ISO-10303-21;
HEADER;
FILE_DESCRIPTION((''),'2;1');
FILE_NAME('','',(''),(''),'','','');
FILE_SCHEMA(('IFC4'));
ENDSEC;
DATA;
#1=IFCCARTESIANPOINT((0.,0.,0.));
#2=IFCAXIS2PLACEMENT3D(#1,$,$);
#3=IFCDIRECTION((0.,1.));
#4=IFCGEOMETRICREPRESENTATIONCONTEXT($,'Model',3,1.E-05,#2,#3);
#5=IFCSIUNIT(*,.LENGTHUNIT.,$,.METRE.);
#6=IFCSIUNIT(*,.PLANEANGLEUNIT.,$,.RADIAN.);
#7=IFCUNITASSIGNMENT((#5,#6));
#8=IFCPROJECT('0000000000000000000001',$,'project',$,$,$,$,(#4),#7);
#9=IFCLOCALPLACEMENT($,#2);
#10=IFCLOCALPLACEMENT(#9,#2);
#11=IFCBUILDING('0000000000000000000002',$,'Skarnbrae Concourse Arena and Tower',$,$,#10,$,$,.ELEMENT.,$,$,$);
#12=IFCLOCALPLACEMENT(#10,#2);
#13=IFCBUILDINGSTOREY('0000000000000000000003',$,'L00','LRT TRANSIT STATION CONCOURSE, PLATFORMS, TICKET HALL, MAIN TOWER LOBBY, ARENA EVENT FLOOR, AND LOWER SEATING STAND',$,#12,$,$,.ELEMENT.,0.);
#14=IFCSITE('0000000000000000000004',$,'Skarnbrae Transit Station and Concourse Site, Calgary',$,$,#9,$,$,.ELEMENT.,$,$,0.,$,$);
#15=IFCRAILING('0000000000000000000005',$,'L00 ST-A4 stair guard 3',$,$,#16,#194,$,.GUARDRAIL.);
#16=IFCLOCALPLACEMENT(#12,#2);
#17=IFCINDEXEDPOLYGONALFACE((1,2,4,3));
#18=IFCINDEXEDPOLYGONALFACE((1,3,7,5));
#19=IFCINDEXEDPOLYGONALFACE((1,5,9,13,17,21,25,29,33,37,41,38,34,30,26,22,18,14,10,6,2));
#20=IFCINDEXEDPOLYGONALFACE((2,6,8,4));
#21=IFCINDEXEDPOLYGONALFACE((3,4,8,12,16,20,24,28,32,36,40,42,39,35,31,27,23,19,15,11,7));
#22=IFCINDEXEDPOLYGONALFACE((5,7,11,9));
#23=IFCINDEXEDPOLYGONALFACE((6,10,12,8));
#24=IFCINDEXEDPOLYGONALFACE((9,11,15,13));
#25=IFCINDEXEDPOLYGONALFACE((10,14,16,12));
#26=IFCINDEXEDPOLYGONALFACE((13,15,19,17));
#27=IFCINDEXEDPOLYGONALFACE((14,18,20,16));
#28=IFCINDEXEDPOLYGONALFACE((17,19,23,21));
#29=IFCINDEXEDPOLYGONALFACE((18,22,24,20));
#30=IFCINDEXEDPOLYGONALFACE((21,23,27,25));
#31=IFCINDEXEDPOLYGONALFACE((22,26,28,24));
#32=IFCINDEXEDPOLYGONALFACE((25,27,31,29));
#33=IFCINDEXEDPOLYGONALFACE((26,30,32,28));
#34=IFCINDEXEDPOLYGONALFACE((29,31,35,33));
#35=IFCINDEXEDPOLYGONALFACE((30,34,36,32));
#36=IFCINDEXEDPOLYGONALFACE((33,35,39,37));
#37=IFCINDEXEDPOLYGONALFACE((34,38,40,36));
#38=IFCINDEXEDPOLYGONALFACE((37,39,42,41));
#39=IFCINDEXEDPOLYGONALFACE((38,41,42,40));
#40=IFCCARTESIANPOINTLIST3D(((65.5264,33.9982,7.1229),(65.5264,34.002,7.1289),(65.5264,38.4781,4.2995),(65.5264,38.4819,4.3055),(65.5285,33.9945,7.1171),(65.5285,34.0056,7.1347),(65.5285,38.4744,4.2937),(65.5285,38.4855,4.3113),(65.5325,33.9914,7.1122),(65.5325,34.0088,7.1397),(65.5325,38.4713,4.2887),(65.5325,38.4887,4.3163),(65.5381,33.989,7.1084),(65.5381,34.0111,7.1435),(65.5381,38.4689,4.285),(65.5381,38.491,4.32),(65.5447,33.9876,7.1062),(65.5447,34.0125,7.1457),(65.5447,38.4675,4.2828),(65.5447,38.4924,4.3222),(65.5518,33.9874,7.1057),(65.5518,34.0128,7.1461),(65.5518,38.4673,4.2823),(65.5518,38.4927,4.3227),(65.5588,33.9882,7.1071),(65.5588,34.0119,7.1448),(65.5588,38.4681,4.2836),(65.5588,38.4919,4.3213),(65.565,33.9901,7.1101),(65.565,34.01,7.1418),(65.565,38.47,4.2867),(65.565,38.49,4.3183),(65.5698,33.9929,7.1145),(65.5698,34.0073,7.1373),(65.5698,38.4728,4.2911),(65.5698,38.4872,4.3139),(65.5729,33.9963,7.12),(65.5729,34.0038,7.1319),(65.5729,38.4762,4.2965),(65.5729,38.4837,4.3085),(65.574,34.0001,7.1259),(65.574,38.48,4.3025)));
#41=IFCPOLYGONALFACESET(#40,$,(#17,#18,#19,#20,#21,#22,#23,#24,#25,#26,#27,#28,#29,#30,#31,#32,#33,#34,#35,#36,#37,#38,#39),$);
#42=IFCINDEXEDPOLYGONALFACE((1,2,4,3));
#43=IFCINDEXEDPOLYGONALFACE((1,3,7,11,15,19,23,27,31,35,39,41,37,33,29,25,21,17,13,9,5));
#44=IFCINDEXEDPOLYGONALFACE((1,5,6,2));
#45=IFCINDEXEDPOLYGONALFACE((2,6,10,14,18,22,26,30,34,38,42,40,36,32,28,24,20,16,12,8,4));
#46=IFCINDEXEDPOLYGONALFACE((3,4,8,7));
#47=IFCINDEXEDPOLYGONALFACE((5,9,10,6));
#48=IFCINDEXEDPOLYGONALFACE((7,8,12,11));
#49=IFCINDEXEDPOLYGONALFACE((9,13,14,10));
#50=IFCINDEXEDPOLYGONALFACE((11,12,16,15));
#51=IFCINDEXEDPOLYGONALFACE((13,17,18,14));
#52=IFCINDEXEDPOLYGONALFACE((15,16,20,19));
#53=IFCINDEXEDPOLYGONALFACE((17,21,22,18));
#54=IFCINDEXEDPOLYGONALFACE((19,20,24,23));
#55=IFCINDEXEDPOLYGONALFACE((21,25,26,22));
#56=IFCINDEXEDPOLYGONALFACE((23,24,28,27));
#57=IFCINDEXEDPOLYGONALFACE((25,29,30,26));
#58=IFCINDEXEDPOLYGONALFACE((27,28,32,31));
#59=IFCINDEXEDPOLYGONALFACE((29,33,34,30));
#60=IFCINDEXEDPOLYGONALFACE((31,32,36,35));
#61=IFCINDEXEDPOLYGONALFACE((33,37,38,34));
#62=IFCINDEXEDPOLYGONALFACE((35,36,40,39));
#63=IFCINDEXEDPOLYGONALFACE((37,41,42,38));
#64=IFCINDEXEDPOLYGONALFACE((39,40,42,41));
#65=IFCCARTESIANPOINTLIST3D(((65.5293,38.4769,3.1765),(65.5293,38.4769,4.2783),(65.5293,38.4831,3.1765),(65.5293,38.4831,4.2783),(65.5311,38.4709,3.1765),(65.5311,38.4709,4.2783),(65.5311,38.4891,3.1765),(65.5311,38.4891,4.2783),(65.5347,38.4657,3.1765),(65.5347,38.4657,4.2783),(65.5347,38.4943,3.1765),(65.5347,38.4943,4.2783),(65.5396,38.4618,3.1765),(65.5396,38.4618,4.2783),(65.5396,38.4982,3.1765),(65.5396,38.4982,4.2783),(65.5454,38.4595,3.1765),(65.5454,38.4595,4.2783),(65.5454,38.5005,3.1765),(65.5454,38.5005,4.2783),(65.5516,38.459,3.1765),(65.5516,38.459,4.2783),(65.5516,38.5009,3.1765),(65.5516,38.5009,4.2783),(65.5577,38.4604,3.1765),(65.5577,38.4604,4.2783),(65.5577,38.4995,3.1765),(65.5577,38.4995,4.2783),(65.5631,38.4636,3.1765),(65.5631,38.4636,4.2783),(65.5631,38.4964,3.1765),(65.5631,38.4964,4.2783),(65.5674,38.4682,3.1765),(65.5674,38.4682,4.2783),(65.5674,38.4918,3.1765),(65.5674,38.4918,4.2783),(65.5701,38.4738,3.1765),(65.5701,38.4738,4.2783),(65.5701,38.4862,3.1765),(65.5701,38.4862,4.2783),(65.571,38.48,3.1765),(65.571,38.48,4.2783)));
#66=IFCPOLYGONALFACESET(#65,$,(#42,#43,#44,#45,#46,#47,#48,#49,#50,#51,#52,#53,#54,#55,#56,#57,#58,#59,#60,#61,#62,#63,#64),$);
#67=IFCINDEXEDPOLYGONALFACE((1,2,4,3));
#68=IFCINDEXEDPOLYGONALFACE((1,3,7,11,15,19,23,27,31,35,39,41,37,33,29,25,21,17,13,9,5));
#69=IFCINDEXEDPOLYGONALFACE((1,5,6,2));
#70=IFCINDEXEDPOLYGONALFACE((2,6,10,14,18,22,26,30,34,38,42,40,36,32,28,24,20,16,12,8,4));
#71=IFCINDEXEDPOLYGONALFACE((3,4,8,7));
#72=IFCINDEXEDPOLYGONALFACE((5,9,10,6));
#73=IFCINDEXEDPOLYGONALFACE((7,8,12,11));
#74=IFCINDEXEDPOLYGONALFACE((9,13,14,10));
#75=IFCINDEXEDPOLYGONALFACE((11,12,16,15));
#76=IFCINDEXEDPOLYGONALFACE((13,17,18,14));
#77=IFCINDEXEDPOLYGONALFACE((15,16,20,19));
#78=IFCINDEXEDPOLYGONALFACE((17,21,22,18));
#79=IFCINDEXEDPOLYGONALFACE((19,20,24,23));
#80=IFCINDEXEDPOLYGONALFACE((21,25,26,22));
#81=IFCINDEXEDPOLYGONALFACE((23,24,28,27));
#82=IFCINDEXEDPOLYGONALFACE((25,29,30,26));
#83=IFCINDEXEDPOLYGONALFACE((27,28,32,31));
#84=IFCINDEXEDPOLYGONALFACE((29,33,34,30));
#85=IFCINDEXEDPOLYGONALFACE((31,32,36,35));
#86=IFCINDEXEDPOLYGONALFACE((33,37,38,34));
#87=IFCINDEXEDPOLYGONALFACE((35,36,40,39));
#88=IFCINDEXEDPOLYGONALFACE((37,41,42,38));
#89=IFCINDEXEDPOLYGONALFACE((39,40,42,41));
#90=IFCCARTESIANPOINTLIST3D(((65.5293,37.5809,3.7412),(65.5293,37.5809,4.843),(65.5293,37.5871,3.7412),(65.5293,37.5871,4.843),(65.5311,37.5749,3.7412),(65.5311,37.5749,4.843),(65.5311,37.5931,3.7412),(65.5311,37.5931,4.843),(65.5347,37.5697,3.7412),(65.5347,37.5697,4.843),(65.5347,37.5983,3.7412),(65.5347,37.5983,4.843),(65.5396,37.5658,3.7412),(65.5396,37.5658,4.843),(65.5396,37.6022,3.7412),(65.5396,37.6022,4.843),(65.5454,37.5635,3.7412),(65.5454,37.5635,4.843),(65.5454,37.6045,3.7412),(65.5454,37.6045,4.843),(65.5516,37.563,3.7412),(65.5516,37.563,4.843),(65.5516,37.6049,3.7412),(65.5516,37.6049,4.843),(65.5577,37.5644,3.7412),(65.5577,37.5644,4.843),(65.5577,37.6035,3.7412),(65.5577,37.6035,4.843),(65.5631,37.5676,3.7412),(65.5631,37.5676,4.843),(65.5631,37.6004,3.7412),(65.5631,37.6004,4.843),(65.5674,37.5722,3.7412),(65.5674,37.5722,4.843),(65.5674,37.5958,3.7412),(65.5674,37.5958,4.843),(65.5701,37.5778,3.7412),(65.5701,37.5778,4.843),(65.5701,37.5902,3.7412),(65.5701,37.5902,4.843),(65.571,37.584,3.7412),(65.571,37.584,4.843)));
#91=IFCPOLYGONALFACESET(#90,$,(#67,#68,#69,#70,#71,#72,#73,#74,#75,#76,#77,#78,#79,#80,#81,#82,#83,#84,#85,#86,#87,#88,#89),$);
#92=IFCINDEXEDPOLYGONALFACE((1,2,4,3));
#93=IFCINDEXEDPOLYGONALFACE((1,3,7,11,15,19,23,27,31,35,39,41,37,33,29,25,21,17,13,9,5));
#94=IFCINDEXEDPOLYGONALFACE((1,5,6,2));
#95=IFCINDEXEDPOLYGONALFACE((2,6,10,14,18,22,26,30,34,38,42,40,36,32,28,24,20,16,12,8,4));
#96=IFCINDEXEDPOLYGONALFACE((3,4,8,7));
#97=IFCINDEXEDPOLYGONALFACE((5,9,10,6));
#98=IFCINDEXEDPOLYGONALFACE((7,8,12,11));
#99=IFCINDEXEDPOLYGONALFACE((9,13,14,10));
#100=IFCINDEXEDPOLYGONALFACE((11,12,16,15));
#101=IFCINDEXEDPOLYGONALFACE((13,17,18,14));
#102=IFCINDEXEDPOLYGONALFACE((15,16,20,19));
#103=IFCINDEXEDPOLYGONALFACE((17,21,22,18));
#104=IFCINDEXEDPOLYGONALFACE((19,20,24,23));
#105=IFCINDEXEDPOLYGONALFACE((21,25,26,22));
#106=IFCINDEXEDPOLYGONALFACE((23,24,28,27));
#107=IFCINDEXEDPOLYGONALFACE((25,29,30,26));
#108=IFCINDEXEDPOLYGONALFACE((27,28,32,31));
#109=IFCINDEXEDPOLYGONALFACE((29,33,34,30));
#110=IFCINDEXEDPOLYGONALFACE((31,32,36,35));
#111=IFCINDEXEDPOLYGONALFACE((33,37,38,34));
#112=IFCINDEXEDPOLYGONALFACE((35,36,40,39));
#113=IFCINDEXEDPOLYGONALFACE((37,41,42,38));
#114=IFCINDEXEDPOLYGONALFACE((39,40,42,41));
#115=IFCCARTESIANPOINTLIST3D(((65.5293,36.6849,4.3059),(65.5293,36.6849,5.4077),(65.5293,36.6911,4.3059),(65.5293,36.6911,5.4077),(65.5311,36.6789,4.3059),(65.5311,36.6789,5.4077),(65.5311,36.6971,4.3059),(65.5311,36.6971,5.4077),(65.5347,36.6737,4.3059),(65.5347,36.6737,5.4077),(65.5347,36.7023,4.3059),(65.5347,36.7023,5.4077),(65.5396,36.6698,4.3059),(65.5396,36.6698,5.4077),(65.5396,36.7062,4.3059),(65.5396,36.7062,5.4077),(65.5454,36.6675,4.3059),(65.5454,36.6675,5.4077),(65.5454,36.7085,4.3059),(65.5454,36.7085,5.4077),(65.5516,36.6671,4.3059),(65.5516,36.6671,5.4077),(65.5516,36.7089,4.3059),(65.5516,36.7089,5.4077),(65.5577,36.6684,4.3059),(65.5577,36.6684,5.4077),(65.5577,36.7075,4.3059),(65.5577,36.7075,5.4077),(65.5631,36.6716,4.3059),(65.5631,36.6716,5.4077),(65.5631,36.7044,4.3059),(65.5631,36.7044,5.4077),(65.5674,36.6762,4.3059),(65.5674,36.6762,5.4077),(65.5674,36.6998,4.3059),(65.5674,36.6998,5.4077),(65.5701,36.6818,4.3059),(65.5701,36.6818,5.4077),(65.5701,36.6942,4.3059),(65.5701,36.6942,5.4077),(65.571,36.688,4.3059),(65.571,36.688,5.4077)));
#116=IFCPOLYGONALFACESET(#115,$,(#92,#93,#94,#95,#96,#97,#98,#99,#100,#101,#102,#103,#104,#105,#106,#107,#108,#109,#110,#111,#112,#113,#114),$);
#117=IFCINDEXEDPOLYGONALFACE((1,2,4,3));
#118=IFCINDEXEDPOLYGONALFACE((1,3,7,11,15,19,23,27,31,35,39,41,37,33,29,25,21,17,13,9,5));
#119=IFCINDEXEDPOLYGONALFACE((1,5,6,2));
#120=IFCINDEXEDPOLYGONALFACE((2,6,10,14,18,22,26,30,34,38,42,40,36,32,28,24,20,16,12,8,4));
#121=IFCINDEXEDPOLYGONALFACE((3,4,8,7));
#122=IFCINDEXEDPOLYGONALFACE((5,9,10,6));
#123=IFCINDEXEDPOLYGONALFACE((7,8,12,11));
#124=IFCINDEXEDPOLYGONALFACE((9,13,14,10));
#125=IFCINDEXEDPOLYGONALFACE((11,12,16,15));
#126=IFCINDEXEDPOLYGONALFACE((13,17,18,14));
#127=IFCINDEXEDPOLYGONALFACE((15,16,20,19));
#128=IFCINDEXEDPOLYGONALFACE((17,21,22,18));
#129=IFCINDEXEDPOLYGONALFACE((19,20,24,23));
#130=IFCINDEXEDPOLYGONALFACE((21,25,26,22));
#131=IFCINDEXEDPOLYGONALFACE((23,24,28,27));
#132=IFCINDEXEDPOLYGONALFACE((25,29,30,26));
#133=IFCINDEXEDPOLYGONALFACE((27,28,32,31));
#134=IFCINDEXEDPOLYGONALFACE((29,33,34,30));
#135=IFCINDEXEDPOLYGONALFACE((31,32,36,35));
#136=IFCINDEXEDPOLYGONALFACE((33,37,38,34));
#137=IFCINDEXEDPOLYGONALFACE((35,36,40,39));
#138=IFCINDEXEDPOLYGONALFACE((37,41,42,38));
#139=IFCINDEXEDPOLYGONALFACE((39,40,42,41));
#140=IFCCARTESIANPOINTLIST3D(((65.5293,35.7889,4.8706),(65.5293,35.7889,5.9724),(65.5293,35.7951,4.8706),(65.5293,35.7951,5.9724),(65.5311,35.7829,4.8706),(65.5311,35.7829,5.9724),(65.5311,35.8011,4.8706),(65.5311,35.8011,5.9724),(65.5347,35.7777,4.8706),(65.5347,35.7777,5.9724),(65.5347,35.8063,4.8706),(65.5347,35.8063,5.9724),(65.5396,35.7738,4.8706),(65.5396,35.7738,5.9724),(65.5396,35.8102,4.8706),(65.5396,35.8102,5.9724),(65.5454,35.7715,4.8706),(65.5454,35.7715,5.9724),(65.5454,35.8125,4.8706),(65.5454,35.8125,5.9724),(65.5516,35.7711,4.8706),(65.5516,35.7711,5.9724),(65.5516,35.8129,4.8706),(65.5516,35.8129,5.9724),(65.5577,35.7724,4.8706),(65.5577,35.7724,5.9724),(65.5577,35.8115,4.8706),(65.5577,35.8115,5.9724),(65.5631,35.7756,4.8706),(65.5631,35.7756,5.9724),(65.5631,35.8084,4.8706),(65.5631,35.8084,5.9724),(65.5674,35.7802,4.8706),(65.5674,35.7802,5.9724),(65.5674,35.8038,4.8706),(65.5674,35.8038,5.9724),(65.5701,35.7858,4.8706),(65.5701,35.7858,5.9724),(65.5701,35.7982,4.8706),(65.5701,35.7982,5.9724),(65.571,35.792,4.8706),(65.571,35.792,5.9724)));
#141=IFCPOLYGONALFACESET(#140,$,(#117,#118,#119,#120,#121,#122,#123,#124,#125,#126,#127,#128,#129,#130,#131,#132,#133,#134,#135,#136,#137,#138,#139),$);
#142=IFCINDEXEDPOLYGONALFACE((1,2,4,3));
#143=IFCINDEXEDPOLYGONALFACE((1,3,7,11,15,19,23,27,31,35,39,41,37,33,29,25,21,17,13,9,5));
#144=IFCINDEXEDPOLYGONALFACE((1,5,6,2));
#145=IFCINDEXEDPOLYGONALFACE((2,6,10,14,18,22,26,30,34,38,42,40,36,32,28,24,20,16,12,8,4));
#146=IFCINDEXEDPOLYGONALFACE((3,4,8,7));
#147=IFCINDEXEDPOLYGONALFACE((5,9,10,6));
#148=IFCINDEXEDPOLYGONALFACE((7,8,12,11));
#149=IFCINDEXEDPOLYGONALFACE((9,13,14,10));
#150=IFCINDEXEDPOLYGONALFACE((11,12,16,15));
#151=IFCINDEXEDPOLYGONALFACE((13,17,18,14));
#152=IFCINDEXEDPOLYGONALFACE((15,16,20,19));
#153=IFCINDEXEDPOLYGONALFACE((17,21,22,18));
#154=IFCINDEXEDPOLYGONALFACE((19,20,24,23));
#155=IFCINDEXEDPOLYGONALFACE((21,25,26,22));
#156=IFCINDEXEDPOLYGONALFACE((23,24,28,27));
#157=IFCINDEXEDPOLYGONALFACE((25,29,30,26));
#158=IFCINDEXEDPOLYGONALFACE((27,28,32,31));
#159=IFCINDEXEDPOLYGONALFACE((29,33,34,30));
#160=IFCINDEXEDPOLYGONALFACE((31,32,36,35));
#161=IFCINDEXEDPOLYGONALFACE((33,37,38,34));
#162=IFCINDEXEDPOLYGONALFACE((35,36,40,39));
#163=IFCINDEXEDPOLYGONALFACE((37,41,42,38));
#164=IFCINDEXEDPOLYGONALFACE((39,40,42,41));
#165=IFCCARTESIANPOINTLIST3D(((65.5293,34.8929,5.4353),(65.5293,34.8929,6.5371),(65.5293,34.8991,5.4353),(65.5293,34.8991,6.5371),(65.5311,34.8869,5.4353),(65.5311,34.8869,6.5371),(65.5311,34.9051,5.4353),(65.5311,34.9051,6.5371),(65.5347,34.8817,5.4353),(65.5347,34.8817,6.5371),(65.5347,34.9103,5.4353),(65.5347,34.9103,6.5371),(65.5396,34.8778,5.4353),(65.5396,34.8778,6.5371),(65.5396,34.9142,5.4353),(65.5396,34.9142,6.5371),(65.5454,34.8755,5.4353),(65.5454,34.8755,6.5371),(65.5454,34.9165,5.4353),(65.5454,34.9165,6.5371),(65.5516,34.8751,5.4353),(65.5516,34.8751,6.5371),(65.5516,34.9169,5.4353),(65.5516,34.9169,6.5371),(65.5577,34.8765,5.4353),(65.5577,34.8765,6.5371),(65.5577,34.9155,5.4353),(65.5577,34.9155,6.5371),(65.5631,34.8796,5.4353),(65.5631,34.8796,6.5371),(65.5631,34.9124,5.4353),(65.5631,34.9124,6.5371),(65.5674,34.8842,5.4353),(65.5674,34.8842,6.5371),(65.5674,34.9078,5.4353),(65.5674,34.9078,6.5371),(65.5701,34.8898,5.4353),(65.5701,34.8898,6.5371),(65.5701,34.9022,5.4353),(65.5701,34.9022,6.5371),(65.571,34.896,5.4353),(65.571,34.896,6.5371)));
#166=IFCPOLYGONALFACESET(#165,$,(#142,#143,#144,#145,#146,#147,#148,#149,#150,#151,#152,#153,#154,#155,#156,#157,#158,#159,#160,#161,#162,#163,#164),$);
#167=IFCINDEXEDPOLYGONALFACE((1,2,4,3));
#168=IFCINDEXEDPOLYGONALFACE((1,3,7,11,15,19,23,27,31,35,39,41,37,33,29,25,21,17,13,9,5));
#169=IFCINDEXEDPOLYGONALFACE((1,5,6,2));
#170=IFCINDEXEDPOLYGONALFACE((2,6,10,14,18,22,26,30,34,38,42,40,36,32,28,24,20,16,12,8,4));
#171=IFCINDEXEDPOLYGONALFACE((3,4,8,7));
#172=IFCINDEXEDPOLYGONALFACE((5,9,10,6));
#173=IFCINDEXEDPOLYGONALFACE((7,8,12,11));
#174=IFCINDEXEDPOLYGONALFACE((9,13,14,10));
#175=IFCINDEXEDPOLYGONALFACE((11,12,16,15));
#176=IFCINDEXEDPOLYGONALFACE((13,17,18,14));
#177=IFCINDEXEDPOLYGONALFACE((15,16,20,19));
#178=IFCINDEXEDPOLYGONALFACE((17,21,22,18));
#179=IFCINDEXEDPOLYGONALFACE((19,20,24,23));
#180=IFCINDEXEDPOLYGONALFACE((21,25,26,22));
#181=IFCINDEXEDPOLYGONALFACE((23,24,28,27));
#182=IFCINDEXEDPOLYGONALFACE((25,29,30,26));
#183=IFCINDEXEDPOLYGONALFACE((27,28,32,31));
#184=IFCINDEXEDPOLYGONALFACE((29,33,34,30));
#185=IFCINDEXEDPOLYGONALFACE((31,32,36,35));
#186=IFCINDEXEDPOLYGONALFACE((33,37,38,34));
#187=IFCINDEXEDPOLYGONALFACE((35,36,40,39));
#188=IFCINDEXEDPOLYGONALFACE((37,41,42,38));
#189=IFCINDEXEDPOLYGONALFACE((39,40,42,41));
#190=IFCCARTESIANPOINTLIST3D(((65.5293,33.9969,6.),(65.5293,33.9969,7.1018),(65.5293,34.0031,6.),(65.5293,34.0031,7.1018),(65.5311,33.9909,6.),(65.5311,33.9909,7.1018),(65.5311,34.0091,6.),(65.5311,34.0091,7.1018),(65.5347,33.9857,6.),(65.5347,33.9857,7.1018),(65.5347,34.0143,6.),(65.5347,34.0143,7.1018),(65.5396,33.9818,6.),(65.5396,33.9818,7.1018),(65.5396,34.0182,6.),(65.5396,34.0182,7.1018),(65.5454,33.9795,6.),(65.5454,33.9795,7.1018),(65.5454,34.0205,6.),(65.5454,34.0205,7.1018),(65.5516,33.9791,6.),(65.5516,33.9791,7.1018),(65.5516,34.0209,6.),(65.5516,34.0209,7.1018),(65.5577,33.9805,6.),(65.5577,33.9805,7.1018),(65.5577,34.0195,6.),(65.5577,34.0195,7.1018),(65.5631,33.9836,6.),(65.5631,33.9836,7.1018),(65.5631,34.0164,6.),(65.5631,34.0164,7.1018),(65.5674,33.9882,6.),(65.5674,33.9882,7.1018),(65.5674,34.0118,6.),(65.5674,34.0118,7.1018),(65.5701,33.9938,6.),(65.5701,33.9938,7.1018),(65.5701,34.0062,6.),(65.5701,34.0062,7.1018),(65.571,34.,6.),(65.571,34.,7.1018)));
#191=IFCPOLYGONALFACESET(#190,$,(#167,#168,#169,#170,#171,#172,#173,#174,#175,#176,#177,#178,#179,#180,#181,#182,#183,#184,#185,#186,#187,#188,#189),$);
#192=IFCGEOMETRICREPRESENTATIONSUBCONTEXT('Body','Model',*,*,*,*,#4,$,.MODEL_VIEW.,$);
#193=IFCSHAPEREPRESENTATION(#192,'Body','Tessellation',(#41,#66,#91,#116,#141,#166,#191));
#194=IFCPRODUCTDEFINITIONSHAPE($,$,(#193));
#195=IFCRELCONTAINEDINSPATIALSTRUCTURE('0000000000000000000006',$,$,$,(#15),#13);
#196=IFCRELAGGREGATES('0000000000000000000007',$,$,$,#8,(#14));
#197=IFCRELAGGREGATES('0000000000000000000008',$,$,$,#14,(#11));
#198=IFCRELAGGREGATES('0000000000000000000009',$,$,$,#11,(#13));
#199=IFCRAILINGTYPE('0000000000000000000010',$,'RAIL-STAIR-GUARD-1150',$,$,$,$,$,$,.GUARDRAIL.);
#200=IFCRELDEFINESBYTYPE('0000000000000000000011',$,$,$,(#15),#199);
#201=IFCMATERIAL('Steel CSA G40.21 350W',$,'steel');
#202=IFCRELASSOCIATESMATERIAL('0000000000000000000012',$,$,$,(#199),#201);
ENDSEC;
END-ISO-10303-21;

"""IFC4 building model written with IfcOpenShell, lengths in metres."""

from ifc_helpers import new_model, si_unit, direction, frame, origin, origin_2d, place, context, subcontext, project, spatial, circle, extrude, material, type_object, element, save


model = new_model("IFC4")

# Units and contexts
model_context = context("Model", 3, precision=1e-05, world=origin(), true_north=direction((0.0, 1.0)))
body_context = subcontext(model_context, "Body", "Model", "MODEL_VIEW")
ifc_project = project(units=[si_unit("LENGTHUNIT", "METRE"), si_unit("PLANEANGLEUNIT", "RADIAN")], contexts=[model_context])

# Site, building, storey
site_placement = place(None, origin())
site = spatial("IfcSite", under=ifc_project, at=site_placement, Name="Skarnbrae Transit Station and Concourse Site, Calgary", CompositionType="ELEMENT", RefElevation=0.0)
building_placement = place(site_placement, origin())
building = spatial("IfcBuilding", under=site, at=building_placement, Name="Skarnbrae Concourse Arena and Tower", CompositionType="ELEMENT")
storey_placement = place(building_placement, origin())
storey = spatial("IfcBuildingStorey", under=building, at=storey_placement, Name="L00", Description="LRT TRANSIT STATION CONCOURSE, PLATFORMS, TICKET HALL, MAIN TOWER LOBBY, ARENA EVENT FLOOR, AND LOWER SEATING STAND", CompositionType="ELEMENT", Elevation=0.0)

# Shared definitions
ifc_material_1 = material(Name="Steel CSA G40.21 350W", Category="steel")

# Railing
railing_type_1 = type_object("IfcRailingType", Name="RAIL-STAIR-GUARD-1150", PredefinedType="GUARDRAIL", material=ifc_material_1)
railing_1_placement = place(storey_placement, frame((65.55, 38.48, 3.1765)))
element("IfcRailing", 1, at=railing_1_placement, inside=storey, type_object=railing_type_1, Name="L00 ST-A4 stair guard 3", PredefinedType="GUARDRAIL", context=body_context, shape_type="SweptSolid", body=[
    extrude(circle(Radius=0.0239, at=origin_2d()), frame((0.0, 0.0, 1.126), z_axis=(0.0, -0.845998, 0.533186), x_axis=(1.0, 0.0, 0.0)), (0.0, 0.0, 1.0), 5.2954),
    extrude(circle(Radius=0.021, at=origin_2d()), origin(), (0.0, 0.0, 1.0), 1.1018),
    extrude(circle(Radius=0.021, at=origin_2d()), frame((0.0, -0.896, 0.5647)), (0.0, 0.0, 1.0), 1.1018),
    extrude(circle(Radius=0.021, at=origin_2d()), frame((0.0, -1.792, 1.1294)), (0.0, 0.0, 1.0), 1.1018),
    extrude(circle(Radius=0.021, at=origin_2d()), frame((0.0, -2.688, 1.6941)), (0.0, 0.0, 1.0), 1.1018),
    extrude(circle(Radius=0.021, at=origin_2d()), frame((0.0, -3.584, 2.2588)), (0.0, 0.0, 1.0), 1.1018),
    extrude(circle(Radius=0.021, at=origin_2d()), frame((0.0, -4.48, 2.8235)), (0.0, 0.0, 1.0), 1.1018),
])

save(model, "model.ifc")
